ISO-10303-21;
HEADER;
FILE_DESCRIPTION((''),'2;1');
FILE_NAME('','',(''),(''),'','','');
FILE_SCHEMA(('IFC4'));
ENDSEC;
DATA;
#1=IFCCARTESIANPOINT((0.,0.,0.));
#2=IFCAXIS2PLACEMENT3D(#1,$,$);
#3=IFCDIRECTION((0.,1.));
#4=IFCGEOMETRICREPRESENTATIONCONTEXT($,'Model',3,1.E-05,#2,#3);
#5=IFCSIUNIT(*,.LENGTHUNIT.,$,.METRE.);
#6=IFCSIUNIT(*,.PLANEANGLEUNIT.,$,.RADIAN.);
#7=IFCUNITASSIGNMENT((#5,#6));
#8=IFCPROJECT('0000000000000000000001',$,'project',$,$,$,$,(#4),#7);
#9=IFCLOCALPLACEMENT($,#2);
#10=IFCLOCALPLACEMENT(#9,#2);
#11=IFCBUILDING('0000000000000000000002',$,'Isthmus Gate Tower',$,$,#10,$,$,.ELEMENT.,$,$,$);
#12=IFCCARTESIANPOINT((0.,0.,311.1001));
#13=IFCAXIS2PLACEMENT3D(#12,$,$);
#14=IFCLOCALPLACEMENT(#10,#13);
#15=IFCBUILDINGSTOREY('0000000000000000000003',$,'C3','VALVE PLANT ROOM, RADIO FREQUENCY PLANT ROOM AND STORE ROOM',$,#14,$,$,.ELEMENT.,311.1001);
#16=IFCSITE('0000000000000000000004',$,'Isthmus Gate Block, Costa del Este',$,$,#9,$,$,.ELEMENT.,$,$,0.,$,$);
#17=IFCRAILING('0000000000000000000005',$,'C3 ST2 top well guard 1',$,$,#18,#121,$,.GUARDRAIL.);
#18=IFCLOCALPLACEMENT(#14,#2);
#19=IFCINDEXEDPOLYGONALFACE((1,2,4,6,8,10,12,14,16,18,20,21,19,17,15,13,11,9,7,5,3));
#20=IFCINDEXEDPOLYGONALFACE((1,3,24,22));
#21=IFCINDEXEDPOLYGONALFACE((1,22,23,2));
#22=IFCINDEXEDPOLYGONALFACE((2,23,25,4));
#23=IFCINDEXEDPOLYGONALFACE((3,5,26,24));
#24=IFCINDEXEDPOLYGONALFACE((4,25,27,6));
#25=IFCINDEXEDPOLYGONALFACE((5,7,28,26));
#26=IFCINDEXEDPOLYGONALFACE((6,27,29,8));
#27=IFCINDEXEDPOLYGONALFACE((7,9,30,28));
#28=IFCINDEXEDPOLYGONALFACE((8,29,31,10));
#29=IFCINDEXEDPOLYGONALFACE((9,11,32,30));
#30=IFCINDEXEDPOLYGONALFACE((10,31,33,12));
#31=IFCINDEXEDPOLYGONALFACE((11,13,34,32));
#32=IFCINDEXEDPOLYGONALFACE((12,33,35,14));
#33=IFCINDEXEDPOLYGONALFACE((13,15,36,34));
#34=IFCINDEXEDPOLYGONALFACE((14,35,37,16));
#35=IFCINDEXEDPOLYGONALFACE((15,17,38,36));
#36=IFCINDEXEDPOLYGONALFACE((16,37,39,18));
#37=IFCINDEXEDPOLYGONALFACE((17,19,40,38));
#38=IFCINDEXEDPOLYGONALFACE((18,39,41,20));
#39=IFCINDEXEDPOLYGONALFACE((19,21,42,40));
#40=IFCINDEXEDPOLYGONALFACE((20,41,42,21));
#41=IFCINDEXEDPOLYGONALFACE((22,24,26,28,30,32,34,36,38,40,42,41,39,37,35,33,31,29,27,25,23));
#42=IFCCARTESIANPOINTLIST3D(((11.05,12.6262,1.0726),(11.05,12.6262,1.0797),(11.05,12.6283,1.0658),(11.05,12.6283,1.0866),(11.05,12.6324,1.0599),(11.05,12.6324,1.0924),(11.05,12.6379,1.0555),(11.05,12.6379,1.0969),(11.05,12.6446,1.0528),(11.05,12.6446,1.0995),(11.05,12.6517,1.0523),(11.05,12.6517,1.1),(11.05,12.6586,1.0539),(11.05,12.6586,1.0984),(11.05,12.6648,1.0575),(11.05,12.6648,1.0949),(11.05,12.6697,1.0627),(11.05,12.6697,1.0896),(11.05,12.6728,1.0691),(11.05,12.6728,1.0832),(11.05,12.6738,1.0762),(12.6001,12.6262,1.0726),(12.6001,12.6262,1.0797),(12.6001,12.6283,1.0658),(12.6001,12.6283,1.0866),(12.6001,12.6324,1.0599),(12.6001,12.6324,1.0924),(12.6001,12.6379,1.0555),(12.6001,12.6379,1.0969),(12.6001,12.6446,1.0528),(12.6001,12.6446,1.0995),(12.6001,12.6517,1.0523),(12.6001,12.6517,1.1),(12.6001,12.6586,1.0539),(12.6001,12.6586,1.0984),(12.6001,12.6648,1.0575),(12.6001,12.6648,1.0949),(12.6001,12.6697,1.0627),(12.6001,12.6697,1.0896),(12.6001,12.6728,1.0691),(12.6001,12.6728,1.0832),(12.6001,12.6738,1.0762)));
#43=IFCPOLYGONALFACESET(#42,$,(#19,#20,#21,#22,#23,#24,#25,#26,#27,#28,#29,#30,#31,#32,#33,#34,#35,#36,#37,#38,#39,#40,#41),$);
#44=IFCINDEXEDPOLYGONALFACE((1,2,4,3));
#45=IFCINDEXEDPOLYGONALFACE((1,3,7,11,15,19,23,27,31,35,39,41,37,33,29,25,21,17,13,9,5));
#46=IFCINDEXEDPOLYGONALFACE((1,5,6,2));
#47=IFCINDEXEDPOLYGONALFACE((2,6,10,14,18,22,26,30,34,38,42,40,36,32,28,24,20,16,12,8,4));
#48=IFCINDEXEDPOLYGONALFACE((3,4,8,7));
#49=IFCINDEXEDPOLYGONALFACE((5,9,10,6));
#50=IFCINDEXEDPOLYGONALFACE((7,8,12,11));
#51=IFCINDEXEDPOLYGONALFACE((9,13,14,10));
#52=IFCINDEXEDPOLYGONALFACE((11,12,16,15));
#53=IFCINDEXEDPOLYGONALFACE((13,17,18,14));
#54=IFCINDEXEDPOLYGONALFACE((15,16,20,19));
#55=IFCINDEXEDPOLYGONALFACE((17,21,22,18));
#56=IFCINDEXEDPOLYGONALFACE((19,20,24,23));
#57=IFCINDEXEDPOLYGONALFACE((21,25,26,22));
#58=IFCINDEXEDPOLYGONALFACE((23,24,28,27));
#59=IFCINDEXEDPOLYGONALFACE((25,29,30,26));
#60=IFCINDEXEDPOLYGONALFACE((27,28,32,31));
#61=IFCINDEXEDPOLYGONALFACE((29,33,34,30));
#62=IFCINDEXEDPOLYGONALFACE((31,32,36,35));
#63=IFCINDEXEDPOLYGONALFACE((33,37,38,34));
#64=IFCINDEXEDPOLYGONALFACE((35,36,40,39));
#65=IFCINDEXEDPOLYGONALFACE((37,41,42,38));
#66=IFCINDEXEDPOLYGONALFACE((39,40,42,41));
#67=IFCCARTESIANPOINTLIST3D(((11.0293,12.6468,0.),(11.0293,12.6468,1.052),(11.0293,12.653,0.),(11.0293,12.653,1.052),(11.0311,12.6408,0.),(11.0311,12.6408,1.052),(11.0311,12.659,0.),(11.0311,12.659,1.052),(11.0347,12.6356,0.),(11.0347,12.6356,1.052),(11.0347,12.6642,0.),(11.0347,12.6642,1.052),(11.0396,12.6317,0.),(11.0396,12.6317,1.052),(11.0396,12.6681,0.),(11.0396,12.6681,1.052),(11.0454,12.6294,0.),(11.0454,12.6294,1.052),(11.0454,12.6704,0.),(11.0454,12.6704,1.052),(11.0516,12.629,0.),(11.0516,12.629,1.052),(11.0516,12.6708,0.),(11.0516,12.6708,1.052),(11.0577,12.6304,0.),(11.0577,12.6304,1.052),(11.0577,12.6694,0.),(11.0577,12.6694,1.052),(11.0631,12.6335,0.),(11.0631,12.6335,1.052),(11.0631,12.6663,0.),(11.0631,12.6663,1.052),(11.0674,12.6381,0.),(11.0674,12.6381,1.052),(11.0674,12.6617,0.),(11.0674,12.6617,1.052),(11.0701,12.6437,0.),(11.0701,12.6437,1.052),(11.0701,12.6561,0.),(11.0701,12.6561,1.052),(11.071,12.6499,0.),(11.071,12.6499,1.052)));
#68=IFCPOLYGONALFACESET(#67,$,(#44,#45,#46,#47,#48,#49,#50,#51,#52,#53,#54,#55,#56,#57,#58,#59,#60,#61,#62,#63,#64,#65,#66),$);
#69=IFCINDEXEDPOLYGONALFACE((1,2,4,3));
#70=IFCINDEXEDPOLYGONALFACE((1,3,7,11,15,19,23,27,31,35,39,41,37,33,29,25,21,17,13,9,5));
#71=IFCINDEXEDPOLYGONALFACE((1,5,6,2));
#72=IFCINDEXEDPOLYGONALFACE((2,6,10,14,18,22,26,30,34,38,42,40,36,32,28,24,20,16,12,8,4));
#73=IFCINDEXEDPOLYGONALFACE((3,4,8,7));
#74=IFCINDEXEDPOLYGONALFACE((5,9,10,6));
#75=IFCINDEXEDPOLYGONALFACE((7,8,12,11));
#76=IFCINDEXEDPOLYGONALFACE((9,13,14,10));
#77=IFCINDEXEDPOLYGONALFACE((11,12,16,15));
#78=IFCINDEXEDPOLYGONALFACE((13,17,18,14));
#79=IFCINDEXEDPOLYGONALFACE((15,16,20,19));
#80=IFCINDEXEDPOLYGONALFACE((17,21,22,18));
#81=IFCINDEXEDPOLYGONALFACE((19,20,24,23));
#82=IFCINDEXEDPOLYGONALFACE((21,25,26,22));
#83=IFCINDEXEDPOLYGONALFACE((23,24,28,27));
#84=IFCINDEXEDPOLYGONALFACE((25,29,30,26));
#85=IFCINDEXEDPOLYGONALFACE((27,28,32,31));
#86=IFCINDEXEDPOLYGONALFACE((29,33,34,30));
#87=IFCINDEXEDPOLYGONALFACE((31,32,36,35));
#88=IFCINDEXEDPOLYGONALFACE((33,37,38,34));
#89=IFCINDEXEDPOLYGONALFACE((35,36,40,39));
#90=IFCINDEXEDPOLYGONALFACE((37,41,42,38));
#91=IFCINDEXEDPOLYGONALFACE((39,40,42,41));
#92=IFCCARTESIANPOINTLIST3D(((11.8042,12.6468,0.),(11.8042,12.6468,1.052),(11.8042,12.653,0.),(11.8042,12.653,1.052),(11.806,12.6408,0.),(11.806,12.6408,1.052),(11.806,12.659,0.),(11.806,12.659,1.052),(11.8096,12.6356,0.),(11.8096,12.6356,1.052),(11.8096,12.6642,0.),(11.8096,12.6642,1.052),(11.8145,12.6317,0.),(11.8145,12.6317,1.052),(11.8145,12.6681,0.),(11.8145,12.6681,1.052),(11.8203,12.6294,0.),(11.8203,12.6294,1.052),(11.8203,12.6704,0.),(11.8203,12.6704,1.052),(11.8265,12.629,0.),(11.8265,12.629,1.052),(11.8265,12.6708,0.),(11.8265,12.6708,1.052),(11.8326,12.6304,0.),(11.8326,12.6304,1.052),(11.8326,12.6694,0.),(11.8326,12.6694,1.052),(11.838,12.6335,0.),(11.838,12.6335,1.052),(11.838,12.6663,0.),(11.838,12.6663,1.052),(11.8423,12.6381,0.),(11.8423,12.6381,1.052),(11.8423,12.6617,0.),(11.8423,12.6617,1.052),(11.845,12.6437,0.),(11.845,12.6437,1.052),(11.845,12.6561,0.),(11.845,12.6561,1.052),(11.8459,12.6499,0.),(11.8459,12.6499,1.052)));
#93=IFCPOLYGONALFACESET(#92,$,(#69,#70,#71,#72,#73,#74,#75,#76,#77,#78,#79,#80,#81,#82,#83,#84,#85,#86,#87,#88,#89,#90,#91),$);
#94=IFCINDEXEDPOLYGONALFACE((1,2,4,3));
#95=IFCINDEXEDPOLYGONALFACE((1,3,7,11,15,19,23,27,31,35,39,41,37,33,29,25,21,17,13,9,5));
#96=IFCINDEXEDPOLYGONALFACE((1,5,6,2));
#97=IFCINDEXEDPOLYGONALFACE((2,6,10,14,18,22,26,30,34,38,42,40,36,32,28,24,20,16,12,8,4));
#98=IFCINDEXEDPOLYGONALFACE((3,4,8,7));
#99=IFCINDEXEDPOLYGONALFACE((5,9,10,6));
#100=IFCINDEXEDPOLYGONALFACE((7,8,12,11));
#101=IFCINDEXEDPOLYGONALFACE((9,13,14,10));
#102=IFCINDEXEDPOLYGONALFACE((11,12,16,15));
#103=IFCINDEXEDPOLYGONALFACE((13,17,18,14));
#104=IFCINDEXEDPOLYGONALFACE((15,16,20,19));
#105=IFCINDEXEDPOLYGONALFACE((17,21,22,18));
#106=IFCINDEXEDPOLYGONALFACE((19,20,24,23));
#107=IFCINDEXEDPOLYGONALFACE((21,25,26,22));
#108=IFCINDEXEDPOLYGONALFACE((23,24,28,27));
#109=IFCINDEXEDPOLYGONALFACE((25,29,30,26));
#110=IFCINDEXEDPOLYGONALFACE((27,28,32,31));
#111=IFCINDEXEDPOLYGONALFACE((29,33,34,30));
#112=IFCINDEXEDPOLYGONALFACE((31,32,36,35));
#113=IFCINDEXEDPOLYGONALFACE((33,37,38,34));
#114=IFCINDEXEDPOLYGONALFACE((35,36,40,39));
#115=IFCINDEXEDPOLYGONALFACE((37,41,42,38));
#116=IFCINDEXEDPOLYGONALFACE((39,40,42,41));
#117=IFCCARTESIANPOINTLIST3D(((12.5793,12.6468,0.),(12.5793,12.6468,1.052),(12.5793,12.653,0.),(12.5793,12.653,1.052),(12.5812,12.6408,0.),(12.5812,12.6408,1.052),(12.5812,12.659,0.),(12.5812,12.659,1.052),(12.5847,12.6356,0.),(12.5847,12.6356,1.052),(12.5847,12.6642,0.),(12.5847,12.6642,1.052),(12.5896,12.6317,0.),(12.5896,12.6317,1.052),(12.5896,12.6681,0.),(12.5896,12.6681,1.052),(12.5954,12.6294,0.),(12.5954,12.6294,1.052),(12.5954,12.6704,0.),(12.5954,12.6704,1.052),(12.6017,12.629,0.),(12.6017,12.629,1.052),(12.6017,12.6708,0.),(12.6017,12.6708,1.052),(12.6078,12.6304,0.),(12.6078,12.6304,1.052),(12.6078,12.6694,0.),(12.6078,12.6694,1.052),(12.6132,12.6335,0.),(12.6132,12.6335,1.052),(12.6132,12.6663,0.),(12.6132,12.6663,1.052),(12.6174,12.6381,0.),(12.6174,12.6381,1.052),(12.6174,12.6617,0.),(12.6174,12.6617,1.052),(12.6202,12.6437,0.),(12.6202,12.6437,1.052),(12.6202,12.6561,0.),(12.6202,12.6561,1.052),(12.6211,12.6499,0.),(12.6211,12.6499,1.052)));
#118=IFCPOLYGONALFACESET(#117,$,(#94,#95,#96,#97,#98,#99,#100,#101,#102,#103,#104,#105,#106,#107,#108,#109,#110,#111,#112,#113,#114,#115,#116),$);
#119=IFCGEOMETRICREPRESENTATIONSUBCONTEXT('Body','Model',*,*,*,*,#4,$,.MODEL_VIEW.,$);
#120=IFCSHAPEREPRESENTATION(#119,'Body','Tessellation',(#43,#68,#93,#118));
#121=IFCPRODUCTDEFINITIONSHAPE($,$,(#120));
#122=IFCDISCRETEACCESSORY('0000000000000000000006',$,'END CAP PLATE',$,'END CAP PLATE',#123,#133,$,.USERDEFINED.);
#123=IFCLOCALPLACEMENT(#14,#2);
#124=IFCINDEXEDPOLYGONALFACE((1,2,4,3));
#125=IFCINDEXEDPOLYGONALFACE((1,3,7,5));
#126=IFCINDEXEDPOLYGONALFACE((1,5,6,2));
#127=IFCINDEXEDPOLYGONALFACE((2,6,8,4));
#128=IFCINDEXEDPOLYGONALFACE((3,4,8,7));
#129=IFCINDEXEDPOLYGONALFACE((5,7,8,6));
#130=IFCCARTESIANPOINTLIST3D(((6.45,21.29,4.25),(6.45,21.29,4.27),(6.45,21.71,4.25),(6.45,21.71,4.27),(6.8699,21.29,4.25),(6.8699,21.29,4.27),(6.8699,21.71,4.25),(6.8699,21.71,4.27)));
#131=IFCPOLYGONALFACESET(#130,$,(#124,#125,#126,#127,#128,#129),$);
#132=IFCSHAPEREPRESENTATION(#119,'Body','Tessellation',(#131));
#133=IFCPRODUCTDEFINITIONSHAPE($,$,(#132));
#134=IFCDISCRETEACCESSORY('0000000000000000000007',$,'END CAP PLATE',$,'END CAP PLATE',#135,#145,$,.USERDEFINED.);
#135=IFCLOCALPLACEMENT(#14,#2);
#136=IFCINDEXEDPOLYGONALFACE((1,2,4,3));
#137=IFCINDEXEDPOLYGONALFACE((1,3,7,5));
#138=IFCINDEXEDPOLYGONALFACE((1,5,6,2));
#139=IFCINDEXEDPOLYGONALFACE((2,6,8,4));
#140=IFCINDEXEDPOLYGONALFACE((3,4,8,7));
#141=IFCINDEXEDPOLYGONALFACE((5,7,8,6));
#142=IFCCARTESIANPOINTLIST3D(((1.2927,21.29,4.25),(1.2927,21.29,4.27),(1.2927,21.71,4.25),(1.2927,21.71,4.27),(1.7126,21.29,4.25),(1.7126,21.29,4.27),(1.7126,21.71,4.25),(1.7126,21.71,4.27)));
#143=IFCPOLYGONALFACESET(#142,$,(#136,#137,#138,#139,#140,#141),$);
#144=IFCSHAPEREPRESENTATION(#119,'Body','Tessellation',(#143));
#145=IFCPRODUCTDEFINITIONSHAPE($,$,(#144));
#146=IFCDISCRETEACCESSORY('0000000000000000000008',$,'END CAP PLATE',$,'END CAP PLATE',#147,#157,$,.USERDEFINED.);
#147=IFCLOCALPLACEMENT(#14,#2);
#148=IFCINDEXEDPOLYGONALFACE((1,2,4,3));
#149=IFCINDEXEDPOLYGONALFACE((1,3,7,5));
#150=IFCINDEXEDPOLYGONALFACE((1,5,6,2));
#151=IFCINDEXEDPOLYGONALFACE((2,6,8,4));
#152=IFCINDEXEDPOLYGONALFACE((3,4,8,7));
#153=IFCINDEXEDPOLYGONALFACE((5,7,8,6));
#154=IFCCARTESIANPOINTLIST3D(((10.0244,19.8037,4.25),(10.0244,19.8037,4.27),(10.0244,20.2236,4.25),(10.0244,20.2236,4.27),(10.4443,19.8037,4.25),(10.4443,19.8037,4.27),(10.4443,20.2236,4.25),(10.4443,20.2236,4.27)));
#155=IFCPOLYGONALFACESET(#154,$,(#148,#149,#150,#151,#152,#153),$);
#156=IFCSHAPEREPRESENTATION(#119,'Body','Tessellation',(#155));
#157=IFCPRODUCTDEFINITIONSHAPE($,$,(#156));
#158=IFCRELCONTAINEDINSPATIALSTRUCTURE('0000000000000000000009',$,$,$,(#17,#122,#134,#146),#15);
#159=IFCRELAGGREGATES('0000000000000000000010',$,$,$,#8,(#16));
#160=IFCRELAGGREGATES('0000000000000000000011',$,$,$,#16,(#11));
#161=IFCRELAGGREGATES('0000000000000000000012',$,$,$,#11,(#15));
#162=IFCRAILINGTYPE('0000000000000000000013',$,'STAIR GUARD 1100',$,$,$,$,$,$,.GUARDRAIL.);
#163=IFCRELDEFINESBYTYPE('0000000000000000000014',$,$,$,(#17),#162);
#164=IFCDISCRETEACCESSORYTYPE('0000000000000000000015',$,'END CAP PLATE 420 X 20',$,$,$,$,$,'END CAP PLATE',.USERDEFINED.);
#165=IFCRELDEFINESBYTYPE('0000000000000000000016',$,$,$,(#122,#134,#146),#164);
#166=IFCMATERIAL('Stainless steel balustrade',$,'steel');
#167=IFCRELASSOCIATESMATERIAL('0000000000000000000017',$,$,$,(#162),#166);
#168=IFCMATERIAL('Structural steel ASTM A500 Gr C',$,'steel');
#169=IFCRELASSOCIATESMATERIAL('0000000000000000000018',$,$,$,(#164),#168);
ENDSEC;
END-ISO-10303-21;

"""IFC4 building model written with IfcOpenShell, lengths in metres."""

from ifc_helpers import new_model, si_unit, direction, frame, origin, origin_2d, place, context, subcontext, project, spatial, rectangle, circle, extrude, material, type_object, element, save


model = new_model("IFC4")

# Units and contexts
model_context = context("Model", 3, precision=1e-05, world=origin(), true_north=direction((0.0, 1.0)))
body_context = subcontext(model_context, "Body", "Model", "MODEL_VIEW")
ifc_project = project(units=[si_unit("LENGTHUNIT", "METRE"), si_unit("PLANEANGLEUNIT", "RADIAN")], contexts=[model_context])

# Site, building, storey
site_placement = place(None, origin())
site = spatial("IfcSite", under=ifc_project, at=site_placement, Name="Isthmus Gate Block, Costa del Este", CompositionType="ELEMENT", RefElevation=0.0)
building_placement = place(site_placement, origin())
building = spatial("IfcBuilding", under=site, at=building_placement, Name="Isthmus Gate Tower", CompositionType="ELEMENT")
storey_placement = place(building_placement, frame((0.0, 0.0, 311.1001)))
storey = spatial("IfcBuildingStorey", under=building, at=storey_placement, Name="C3", Description="VALVE PLANT ROOM, RADIO FREQUENCY PLANT ROOM AND STORE ROOM", CompositionType="ELEMENT", Elevation=311.1001)

# Railing
ifc_material_1 = material(Name="Stainless steel balustrade", Category="steel")
railing_type = type_object("IfcRailingType", Name="STAIR GUARD 1100", PredefinedType="GUARDRAIL", material=ifc_material_1)
railing_placement = place(storey_placement, frame((11.05, 12.6499, 0.0)))
element("IfcRailing", 1, at=railing_placement, inside=storey, type_object=railing_type, Name="C3 ST2 top well guard 1", PredefinedType="GUARDRAIL", context=body_context, shape_type="SweptSolid", body=[
    extrude(circle(Radius=0.0239, at=origin_2d()), frame((0.0, 0.0, 1.0762), z_axis=(1.0, 0.0, 0.0), x_axis=(0.0, 1.0, 0.0)), (0.0, 0.0, 1.0), 1.55),
    extrude(circle(Radius=0.021, at=origin_2d()), origin(), (0.0, 0.0, 1.0), 1.052),
    extrude(circle(Radius=0.021, at=origin_2d()), frame((0.7749, 0.0, 0.0)), (0.0, 0.0, 1.0), 1.052),
    extrude(circle(Radius=0.021, at=origin_2d()), frame((1.55, 0.0, 0.0)), (0.0, 0.0, 1.0), 1.052),
])

# Discrete accessories
ifc_material_2 = material(Name="Structural steel ASTM A500 Gr C", Category="steel")
discrete_accessory_type = type_object("IfcDiscreteAccessoryType", Name="END CAP PLATE 420 X 20", ElementType="END CAP PLATE", PredefinedType="USERDEFINED", material=ifc_material_2)
for number, where, z_axis, x_axis, name in (
    (2, (6.6599, 21.5, 4.25), (0.0, 0.0, 1.0), (1.0, 0.0, 0.0), "END CAP PLATE"),
    (3, (1.5027, 21.5, 4.25), (0.0, 0.0, 1.0), (1.0, 0.0, 0.0), "END CAP PLATE"),
    (4, (10.2344, 20.0137, 4.25), (0.0, 0.0, 1.0), (1.0, 0.0, 0.0), "END CAP PLATE"),
):
    element("IfcDiscreteAccessory", number, at=place(storey_placement, frame(where, z_axis=z_axis, x_axis=x_axis)), inside=storey, type_object=discrete_accessory_type, Name=name, ObjectType="END CAP PLATE", PredefinedType="USERDEFINED", context=body_context, shape_type="SweptSolid", body=[
        extrude(rectangle(XDim=0.4199, YDim=0.4199, at=origin_2d()), origin(), (0.0, 0.0, 1.0), 0.02),
    ])

save(model, "model.ifc")
